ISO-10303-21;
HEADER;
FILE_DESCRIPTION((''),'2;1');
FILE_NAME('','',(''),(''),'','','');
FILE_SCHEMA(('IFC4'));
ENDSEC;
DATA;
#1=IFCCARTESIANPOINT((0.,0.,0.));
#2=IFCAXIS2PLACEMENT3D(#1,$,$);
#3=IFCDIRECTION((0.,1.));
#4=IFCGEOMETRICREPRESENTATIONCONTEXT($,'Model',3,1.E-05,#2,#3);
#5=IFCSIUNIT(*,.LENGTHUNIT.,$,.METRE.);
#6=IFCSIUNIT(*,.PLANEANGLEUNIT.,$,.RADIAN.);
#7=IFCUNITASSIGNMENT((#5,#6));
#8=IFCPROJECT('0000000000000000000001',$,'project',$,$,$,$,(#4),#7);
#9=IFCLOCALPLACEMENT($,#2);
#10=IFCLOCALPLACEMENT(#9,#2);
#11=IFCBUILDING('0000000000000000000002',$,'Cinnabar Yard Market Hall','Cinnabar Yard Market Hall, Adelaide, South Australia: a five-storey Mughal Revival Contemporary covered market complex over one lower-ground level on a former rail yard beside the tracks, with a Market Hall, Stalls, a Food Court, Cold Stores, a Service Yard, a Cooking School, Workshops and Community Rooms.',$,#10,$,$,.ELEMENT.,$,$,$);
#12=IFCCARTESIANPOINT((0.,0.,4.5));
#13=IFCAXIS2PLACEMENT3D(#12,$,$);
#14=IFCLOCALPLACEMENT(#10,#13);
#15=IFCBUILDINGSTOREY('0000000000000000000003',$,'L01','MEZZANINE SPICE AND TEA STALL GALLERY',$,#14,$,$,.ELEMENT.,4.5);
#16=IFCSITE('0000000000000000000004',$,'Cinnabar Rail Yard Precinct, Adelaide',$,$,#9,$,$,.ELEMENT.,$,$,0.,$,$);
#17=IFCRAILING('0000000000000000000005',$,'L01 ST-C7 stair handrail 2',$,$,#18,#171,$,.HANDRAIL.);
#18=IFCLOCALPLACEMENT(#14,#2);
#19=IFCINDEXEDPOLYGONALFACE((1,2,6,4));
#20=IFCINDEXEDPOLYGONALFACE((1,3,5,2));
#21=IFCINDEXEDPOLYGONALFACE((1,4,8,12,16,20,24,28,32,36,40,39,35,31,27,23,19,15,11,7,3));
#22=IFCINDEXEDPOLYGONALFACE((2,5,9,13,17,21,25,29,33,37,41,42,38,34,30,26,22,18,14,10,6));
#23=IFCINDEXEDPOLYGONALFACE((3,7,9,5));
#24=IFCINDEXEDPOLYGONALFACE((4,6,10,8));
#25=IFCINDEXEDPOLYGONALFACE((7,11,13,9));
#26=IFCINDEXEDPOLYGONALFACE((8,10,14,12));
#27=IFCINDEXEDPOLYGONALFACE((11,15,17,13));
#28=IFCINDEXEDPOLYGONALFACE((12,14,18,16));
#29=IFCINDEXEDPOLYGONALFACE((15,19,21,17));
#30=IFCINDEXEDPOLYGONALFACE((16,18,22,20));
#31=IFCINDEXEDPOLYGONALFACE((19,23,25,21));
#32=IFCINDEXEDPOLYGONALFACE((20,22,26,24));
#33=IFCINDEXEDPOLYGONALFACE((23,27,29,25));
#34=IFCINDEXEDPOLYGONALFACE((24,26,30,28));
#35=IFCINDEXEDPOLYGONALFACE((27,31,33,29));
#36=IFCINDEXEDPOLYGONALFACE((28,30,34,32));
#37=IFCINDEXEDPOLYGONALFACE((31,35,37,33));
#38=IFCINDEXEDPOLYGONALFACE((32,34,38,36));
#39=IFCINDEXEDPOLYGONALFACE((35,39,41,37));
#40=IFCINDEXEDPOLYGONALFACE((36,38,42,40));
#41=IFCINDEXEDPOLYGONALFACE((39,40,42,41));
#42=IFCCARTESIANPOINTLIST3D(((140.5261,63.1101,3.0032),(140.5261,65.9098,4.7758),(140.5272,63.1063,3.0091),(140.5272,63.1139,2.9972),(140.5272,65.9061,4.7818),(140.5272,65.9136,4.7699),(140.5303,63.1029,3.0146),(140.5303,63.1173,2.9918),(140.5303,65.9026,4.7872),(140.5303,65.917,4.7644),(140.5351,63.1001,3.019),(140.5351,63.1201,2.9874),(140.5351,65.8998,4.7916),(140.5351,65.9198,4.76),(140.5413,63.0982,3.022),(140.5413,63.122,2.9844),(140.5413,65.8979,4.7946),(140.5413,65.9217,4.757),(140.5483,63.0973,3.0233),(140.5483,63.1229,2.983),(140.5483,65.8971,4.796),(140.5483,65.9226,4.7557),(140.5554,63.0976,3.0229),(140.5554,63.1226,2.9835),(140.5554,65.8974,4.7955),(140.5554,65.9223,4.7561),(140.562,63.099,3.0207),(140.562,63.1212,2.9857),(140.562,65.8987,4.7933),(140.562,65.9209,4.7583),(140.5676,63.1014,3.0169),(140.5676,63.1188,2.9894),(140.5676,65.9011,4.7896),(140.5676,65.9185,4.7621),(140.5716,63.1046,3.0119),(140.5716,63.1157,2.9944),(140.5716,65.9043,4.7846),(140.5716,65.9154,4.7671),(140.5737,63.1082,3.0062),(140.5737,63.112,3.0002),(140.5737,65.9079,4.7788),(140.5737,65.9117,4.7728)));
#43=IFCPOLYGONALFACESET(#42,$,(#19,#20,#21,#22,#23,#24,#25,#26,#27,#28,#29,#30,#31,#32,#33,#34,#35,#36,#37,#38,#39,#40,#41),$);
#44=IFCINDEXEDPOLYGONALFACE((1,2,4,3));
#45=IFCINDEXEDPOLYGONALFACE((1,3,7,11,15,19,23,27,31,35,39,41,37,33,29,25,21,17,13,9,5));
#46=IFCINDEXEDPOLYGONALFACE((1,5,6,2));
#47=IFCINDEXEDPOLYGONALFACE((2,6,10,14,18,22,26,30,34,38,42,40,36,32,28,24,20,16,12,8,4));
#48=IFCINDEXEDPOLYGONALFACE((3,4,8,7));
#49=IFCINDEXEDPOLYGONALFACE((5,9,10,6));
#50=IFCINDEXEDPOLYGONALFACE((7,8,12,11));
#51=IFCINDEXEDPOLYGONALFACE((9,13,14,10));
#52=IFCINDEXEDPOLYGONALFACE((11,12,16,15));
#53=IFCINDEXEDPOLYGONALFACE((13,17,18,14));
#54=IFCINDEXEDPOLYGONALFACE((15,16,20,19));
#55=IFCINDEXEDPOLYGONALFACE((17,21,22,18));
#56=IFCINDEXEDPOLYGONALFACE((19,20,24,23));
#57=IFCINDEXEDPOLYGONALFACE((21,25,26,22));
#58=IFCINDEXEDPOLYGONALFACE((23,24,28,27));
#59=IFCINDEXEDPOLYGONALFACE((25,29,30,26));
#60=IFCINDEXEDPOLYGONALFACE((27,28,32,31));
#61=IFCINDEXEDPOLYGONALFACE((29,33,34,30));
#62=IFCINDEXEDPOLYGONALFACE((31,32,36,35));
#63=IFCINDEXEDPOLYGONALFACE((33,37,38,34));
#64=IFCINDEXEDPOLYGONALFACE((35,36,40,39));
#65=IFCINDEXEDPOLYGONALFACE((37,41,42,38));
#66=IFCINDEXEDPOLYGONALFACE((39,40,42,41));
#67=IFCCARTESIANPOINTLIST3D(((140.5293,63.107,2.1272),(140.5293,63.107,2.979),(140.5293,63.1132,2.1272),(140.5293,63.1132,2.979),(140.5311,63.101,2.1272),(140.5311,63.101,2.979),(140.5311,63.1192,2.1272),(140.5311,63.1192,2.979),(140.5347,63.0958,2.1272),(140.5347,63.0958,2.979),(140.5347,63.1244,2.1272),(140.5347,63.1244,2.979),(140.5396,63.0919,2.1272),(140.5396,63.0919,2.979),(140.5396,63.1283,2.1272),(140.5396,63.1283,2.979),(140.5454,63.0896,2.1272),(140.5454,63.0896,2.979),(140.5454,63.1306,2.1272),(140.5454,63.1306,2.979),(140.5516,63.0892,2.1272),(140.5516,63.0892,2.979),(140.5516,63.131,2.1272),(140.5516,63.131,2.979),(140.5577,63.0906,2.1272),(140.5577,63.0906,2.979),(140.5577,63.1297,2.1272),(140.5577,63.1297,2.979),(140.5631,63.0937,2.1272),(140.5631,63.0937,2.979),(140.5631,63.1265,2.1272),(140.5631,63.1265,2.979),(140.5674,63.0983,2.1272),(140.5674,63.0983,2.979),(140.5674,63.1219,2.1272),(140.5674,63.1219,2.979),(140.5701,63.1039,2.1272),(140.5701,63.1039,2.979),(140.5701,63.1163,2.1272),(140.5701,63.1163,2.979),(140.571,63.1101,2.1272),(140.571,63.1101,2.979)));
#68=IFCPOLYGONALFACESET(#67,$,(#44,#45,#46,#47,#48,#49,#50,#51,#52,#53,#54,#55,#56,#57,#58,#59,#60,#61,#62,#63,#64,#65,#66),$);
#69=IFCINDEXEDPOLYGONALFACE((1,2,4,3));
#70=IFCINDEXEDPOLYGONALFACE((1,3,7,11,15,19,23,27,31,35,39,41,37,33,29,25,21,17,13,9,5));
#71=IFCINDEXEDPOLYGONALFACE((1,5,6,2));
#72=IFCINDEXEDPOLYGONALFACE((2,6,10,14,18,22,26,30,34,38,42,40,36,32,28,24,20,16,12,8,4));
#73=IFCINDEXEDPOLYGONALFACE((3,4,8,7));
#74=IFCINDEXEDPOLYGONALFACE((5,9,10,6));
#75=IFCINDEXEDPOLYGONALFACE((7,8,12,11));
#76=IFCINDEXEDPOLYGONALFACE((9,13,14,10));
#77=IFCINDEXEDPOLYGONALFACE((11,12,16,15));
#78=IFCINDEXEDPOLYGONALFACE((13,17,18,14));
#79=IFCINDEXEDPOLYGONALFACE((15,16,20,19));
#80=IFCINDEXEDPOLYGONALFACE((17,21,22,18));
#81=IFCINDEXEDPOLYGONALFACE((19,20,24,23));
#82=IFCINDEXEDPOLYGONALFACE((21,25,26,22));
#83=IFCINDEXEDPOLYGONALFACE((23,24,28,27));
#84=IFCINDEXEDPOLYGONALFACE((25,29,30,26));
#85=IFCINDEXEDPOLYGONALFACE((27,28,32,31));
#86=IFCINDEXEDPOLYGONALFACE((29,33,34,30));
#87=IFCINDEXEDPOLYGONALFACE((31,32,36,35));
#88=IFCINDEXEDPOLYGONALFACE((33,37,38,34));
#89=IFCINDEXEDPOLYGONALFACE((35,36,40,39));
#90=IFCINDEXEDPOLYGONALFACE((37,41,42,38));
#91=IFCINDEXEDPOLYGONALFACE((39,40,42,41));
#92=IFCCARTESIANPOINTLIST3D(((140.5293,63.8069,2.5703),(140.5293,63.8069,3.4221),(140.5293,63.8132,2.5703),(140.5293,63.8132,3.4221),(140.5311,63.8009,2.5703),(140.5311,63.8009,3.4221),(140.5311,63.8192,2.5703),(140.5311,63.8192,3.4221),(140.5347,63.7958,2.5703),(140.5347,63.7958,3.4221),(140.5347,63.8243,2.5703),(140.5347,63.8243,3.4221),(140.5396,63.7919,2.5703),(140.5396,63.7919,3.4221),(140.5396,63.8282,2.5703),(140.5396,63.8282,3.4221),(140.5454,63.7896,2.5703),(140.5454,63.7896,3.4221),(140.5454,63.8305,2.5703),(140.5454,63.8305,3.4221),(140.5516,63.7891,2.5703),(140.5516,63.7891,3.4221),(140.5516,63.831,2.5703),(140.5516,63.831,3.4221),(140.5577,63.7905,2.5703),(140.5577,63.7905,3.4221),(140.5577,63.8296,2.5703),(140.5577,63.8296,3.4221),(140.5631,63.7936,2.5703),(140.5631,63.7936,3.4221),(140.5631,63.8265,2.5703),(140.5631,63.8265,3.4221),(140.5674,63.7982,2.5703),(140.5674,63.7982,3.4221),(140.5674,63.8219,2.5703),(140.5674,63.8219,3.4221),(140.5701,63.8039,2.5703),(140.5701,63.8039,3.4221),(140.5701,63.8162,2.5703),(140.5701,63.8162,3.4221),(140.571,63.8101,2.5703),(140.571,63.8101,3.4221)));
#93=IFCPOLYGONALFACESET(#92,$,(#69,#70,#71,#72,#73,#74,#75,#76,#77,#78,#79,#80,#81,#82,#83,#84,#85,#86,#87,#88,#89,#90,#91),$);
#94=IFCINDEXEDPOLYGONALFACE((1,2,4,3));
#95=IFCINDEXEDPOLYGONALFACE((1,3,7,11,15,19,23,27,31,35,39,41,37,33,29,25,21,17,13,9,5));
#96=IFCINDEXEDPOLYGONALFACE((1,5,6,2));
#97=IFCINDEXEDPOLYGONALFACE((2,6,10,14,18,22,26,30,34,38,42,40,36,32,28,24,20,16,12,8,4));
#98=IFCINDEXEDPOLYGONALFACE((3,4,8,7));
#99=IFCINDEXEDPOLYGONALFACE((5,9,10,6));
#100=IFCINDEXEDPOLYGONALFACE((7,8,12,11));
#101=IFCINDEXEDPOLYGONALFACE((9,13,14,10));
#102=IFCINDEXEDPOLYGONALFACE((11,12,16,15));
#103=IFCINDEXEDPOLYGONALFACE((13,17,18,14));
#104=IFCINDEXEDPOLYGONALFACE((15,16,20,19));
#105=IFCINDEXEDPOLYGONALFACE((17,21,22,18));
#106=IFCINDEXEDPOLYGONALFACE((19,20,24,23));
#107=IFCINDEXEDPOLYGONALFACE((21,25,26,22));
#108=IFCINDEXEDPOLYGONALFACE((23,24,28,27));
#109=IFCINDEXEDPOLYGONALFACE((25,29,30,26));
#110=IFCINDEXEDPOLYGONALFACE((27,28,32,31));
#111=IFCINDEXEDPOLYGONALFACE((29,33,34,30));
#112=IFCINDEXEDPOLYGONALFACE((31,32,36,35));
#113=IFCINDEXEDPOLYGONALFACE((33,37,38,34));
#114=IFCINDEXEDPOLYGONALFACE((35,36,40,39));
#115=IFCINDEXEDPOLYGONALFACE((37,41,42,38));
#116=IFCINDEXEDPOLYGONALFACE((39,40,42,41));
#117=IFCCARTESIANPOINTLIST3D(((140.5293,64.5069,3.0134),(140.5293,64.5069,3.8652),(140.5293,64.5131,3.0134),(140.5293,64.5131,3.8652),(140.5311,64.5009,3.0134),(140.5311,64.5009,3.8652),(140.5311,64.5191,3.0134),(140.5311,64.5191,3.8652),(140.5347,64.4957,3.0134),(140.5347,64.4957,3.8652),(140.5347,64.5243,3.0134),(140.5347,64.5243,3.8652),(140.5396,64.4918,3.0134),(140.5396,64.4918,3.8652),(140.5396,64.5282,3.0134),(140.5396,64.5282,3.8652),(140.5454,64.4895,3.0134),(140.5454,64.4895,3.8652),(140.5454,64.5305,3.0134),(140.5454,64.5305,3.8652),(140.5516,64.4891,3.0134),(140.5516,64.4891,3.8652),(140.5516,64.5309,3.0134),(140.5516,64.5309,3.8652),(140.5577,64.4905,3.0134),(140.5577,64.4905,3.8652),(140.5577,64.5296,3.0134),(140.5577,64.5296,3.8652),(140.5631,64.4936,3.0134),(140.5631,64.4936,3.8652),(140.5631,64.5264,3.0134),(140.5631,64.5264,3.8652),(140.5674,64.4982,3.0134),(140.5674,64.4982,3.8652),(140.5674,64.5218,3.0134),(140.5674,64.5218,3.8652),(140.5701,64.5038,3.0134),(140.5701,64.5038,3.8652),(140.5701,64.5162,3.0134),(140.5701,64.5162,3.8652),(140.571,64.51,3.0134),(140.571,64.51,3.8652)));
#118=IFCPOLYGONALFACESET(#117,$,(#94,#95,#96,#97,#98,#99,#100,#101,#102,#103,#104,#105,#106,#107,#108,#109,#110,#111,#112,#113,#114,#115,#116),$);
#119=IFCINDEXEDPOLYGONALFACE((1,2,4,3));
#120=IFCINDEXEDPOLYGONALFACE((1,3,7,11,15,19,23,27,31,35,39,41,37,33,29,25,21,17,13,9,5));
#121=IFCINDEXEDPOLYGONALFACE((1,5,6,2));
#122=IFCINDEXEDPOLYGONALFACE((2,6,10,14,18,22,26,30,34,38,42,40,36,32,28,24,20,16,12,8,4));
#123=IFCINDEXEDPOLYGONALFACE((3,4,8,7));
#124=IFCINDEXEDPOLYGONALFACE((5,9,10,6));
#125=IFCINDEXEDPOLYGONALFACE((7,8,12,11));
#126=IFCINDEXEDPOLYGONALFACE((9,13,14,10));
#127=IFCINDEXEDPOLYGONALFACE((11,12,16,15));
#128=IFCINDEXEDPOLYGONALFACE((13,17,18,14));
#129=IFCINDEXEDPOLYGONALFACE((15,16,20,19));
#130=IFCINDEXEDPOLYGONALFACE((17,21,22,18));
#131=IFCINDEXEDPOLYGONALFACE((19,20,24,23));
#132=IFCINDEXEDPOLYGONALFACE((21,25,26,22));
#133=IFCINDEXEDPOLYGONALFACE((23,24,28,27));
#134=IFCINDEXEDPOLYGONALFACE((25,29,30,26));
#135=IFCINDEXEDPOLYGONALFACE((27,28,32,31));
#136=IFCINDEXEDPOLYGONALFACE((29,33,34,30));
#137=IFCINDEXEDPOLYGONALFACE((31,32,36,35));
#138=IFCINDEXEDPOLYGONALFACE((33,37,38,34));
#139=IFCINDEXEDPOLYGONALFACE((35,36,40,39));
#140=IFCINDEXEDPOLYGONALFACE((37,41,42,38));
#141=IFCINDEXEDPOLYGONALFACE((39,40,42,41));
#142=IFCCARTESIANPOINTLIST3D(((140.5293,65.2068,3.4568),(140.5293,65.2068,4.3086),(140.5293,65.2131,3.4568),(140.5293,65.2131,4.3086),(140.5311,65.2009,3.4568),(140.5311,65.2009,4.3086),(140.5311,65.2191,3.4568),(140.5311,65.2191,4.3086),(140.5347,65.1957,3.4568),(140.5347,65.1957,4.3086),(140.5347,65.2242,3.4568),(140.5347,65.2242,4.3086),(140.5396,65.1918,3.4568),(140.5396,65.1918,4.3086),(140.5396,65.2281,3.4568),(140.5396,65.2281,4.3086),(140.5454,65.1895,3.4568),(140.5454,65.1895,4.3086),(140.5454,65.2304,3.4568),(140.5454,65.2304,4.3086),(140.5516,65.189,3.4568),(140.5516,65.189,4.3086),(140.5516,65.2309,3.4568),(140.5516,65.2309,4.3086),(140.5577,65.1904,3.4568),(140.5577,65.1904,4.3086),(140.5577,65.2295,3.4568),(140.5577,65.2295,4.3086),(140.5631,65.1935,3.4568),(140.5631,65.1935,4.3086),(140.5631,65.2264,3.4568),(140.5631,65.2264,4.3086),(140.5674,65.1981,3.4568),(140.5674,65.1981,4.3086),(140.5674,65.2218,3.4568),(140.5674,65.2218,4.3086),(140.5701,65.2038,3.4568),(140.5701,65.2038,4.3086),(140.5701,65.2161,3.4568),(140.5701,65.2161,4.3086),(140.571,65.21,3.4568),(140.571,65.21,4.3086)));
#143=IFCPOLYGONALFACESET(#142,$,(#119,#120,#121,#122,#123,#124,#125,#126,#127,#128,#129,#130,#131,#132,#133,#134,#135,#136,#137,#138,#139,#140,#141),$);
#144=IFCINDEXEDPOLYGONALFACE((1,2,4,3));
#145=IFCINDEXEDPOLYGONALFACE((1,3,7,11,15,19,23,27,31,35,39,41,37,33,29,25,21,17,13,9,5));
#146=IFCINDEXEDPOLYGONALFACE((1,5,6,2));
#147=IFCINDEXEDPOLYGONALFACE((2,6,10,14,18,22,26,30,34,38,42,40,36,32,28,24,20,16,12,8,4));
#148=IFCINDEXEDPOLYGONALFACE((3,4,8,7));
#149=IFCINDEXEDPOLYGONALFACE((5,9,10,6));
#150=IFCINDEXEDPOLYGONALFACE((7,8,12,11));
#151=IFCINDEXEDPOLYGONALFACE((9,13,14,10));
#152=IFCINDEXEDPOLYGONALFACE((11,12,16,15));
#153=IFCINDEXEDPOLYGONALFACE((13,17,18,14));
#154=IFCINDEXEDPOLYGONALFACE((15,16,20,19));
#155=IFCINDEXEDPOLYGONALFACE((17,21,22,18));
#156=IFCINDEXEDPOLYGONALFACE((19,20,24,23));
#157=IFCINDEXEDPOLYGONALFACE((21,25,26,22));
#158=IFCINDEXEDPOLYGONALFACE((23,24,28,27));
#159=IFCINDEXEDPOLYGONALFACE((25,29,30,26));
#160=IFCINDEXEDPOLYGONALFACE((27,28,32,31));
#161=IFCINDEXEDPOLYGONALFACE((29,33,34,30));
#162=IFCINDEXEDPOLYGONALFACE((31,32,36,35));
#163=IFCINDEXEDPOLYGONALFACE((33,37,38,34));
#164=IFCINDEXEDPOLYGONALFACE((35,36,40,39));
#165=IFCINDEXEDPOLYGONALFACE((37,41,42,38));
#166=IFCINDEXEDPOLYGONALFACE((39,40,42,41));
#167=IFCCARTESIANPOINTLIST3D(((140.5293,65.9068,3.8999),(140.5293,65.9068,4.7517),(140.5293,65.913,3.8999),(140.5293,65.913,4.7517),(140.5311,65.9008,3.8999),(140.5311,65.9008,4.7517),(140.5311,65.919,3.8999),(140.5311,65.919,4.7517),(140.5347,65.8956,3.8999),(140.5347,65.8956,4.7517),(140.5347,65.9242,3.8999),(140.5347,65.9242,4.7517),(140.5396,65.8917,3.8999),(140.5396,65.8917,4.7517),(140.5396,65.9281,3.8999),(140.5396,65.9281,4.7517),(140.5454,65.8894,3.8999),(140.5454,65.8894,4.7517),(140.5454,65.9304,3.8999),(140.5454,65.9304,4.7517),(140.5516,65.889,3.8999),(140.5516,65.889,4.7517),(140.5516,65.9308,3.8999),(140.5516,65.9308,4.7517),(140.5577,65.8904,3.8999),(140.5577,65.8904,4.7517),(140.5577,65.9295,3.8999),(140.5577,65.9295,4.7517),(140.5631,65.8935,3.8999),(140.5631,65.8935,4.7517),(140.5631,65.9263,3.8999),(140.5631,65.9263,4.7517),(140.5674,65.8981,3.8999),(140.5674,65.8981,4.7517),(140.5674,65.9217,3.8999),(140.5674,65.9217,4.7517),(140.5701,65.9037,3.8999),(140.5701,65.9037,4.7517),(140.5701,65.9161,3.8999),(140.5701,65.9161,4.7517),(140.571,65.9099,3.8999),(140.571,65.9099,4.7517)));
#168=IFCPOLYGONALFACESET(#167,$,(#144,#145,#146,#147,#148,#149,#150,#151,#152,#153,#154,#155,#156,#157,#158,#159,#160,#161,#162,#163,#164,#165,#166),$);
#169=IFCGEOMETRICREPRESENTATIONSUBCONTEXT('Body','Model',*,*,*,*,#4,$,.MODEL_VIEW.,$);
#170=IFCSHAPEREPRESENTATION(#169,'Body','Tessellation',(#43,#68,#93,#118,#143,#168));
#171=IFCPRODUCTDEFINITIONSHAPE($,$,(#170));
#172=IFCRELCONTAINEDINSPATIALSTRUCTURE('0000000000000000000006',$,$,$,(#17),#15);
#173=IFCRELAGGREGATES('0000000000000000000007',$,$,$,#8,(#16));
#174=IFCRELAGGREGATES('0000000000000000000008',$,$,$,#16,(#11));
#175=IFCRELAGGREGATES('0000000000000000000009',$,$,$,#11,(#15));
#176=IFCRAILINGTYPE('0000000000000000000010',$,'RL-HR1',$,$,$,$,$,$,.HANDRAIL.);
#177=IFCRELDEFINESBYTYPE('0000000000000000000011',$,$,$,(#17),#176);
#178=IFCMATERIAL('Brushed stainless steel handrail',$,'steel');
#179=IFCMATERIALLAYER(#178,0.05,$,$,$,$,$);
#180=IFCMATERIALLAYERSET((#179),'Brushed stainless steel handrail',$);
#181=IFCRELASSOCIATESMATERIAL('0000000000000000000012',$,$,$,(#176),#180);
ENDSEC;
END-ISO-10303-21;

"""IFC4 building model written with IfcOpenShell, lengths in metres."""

from ifc_helpers import new_model, si_unit, direction, frame, origin, origin_2d_with_axis, place, context, subcontext, project, spatial, circle, extrude, material, layer, layer_set, type_object, element, save


model = new_model("IFC4")

# Units and contexts
model_context = context("Model", 3, precision=1e-05, world=origin(), true_north=direction((0.0, 1.0)))
body_context = subcontext(model_context, "Body", "Model", "MODEL_VIEW")
ifc_project = project(units=[si_unit("LENGTHUNIT", "METRE"), si_unit("PLANEANGLEUNIT", "RADIAN")], contexts=[model_context])

# Site, building, storey
site_placement = place(None, origin())
site = spatial("IfcSite", under=ifc_project, at=site_placement, Name="Cinnabar Rail Yard Precinct, Adelaide", CompositionType="ELEMENT", RefElevation=0.0)
building_placement = place(site_placement, origin())
building = spatial("IfcBuilding", under=site, at=building_placement, Name="Cinnabar Yard Market Hall", Description="Cinnabar Yard Market Hall, Adelaide, South Australia: a five-storey Mughal Revival Contemporary covered market complex over one lower-ground level on a former rail yard beside the tracks, with a Market Hall, Stalls, a Food Court, Cold Stores, a Service Yard, a Cooking School, Workshops and Community Rooms.", CompositionType="ELEMENT")
storey_placement = place(building_placement, frame((0.0, 0.0, 4.5)))
storey = spatial("IfcBuildingStorey", under=building, at=storey_placement, Name="L01", Description="MEZZANINE SPICE AND TEA STALL GALLERY", CompositionType="ELEMENT", Elevation=4.5)

# Railing
ifc_material_1 = material(Name="Brushed stainless steel handrail", Category="steel")
ifc_layer_1 = layer(ifc_material_1, 0.05)
ifc_layer_set_1 = layer_set([ifc_layer_1], Name="Brushed stainless steel handrail")
railing_type_1 = type_object("IfcRailingType", Name="RL-HR1", PredefinedType="HANDRAIL", material=ifc_layer_set_1)
railing_1_placement = place(storey_placement, frame((140.55, 63.1101, 2.1272)))
element("IfcRailing", 1, at=railing_1_placement, inside=storey, type_object=railing_type_1, Name="L01 ST-C7 stair handrail 2", PredefinedType="HANDRAIL", context=body_context, shape_type="SweptSolid", body=[
    extrude(circle(Radius=0.0239, at=origin_2d_with_axis()), frame((0.0, 0.0, 0.876), z_axis=(0.0, 0.844888, 0.534943), x_axis=(-1.0, 0.0, 0.0)), (0.0, 0.0, 1.0), 3.3137),
    extrude(circle(Radius=0.021, at=origin_2d_with_axis()), origin(), (0.0, 0.0, 1.0), 0.8518),
    extrude(circle(Radius=0.021, at=origin_2d_with_axis()), frame((0.0, 0.7, 0.4431)), (0.0, 0.0, 1.0), 0.8518),
    extrude(circle(Radius=0.021, at=origin_2d_with_axis()), frame((0.0, 1.3999, 0.8862)), (0.0, 0.0, 1.0), 0.8518),
    extrude(circle(Radius=0.021, at=origin_2d_with_axis()), frame((0.0, 2.0999, 1.3296)), (0.0, 0.0, 1.0), 0.8518),
    extrude(circle(Radius=0.021, at=origin_2d_with_axis()), frame((0.0, 2.7998, 1.7727)), (0.0, 0.0, 1.0), 0.8518),
])

save(model, "model.ifc")
